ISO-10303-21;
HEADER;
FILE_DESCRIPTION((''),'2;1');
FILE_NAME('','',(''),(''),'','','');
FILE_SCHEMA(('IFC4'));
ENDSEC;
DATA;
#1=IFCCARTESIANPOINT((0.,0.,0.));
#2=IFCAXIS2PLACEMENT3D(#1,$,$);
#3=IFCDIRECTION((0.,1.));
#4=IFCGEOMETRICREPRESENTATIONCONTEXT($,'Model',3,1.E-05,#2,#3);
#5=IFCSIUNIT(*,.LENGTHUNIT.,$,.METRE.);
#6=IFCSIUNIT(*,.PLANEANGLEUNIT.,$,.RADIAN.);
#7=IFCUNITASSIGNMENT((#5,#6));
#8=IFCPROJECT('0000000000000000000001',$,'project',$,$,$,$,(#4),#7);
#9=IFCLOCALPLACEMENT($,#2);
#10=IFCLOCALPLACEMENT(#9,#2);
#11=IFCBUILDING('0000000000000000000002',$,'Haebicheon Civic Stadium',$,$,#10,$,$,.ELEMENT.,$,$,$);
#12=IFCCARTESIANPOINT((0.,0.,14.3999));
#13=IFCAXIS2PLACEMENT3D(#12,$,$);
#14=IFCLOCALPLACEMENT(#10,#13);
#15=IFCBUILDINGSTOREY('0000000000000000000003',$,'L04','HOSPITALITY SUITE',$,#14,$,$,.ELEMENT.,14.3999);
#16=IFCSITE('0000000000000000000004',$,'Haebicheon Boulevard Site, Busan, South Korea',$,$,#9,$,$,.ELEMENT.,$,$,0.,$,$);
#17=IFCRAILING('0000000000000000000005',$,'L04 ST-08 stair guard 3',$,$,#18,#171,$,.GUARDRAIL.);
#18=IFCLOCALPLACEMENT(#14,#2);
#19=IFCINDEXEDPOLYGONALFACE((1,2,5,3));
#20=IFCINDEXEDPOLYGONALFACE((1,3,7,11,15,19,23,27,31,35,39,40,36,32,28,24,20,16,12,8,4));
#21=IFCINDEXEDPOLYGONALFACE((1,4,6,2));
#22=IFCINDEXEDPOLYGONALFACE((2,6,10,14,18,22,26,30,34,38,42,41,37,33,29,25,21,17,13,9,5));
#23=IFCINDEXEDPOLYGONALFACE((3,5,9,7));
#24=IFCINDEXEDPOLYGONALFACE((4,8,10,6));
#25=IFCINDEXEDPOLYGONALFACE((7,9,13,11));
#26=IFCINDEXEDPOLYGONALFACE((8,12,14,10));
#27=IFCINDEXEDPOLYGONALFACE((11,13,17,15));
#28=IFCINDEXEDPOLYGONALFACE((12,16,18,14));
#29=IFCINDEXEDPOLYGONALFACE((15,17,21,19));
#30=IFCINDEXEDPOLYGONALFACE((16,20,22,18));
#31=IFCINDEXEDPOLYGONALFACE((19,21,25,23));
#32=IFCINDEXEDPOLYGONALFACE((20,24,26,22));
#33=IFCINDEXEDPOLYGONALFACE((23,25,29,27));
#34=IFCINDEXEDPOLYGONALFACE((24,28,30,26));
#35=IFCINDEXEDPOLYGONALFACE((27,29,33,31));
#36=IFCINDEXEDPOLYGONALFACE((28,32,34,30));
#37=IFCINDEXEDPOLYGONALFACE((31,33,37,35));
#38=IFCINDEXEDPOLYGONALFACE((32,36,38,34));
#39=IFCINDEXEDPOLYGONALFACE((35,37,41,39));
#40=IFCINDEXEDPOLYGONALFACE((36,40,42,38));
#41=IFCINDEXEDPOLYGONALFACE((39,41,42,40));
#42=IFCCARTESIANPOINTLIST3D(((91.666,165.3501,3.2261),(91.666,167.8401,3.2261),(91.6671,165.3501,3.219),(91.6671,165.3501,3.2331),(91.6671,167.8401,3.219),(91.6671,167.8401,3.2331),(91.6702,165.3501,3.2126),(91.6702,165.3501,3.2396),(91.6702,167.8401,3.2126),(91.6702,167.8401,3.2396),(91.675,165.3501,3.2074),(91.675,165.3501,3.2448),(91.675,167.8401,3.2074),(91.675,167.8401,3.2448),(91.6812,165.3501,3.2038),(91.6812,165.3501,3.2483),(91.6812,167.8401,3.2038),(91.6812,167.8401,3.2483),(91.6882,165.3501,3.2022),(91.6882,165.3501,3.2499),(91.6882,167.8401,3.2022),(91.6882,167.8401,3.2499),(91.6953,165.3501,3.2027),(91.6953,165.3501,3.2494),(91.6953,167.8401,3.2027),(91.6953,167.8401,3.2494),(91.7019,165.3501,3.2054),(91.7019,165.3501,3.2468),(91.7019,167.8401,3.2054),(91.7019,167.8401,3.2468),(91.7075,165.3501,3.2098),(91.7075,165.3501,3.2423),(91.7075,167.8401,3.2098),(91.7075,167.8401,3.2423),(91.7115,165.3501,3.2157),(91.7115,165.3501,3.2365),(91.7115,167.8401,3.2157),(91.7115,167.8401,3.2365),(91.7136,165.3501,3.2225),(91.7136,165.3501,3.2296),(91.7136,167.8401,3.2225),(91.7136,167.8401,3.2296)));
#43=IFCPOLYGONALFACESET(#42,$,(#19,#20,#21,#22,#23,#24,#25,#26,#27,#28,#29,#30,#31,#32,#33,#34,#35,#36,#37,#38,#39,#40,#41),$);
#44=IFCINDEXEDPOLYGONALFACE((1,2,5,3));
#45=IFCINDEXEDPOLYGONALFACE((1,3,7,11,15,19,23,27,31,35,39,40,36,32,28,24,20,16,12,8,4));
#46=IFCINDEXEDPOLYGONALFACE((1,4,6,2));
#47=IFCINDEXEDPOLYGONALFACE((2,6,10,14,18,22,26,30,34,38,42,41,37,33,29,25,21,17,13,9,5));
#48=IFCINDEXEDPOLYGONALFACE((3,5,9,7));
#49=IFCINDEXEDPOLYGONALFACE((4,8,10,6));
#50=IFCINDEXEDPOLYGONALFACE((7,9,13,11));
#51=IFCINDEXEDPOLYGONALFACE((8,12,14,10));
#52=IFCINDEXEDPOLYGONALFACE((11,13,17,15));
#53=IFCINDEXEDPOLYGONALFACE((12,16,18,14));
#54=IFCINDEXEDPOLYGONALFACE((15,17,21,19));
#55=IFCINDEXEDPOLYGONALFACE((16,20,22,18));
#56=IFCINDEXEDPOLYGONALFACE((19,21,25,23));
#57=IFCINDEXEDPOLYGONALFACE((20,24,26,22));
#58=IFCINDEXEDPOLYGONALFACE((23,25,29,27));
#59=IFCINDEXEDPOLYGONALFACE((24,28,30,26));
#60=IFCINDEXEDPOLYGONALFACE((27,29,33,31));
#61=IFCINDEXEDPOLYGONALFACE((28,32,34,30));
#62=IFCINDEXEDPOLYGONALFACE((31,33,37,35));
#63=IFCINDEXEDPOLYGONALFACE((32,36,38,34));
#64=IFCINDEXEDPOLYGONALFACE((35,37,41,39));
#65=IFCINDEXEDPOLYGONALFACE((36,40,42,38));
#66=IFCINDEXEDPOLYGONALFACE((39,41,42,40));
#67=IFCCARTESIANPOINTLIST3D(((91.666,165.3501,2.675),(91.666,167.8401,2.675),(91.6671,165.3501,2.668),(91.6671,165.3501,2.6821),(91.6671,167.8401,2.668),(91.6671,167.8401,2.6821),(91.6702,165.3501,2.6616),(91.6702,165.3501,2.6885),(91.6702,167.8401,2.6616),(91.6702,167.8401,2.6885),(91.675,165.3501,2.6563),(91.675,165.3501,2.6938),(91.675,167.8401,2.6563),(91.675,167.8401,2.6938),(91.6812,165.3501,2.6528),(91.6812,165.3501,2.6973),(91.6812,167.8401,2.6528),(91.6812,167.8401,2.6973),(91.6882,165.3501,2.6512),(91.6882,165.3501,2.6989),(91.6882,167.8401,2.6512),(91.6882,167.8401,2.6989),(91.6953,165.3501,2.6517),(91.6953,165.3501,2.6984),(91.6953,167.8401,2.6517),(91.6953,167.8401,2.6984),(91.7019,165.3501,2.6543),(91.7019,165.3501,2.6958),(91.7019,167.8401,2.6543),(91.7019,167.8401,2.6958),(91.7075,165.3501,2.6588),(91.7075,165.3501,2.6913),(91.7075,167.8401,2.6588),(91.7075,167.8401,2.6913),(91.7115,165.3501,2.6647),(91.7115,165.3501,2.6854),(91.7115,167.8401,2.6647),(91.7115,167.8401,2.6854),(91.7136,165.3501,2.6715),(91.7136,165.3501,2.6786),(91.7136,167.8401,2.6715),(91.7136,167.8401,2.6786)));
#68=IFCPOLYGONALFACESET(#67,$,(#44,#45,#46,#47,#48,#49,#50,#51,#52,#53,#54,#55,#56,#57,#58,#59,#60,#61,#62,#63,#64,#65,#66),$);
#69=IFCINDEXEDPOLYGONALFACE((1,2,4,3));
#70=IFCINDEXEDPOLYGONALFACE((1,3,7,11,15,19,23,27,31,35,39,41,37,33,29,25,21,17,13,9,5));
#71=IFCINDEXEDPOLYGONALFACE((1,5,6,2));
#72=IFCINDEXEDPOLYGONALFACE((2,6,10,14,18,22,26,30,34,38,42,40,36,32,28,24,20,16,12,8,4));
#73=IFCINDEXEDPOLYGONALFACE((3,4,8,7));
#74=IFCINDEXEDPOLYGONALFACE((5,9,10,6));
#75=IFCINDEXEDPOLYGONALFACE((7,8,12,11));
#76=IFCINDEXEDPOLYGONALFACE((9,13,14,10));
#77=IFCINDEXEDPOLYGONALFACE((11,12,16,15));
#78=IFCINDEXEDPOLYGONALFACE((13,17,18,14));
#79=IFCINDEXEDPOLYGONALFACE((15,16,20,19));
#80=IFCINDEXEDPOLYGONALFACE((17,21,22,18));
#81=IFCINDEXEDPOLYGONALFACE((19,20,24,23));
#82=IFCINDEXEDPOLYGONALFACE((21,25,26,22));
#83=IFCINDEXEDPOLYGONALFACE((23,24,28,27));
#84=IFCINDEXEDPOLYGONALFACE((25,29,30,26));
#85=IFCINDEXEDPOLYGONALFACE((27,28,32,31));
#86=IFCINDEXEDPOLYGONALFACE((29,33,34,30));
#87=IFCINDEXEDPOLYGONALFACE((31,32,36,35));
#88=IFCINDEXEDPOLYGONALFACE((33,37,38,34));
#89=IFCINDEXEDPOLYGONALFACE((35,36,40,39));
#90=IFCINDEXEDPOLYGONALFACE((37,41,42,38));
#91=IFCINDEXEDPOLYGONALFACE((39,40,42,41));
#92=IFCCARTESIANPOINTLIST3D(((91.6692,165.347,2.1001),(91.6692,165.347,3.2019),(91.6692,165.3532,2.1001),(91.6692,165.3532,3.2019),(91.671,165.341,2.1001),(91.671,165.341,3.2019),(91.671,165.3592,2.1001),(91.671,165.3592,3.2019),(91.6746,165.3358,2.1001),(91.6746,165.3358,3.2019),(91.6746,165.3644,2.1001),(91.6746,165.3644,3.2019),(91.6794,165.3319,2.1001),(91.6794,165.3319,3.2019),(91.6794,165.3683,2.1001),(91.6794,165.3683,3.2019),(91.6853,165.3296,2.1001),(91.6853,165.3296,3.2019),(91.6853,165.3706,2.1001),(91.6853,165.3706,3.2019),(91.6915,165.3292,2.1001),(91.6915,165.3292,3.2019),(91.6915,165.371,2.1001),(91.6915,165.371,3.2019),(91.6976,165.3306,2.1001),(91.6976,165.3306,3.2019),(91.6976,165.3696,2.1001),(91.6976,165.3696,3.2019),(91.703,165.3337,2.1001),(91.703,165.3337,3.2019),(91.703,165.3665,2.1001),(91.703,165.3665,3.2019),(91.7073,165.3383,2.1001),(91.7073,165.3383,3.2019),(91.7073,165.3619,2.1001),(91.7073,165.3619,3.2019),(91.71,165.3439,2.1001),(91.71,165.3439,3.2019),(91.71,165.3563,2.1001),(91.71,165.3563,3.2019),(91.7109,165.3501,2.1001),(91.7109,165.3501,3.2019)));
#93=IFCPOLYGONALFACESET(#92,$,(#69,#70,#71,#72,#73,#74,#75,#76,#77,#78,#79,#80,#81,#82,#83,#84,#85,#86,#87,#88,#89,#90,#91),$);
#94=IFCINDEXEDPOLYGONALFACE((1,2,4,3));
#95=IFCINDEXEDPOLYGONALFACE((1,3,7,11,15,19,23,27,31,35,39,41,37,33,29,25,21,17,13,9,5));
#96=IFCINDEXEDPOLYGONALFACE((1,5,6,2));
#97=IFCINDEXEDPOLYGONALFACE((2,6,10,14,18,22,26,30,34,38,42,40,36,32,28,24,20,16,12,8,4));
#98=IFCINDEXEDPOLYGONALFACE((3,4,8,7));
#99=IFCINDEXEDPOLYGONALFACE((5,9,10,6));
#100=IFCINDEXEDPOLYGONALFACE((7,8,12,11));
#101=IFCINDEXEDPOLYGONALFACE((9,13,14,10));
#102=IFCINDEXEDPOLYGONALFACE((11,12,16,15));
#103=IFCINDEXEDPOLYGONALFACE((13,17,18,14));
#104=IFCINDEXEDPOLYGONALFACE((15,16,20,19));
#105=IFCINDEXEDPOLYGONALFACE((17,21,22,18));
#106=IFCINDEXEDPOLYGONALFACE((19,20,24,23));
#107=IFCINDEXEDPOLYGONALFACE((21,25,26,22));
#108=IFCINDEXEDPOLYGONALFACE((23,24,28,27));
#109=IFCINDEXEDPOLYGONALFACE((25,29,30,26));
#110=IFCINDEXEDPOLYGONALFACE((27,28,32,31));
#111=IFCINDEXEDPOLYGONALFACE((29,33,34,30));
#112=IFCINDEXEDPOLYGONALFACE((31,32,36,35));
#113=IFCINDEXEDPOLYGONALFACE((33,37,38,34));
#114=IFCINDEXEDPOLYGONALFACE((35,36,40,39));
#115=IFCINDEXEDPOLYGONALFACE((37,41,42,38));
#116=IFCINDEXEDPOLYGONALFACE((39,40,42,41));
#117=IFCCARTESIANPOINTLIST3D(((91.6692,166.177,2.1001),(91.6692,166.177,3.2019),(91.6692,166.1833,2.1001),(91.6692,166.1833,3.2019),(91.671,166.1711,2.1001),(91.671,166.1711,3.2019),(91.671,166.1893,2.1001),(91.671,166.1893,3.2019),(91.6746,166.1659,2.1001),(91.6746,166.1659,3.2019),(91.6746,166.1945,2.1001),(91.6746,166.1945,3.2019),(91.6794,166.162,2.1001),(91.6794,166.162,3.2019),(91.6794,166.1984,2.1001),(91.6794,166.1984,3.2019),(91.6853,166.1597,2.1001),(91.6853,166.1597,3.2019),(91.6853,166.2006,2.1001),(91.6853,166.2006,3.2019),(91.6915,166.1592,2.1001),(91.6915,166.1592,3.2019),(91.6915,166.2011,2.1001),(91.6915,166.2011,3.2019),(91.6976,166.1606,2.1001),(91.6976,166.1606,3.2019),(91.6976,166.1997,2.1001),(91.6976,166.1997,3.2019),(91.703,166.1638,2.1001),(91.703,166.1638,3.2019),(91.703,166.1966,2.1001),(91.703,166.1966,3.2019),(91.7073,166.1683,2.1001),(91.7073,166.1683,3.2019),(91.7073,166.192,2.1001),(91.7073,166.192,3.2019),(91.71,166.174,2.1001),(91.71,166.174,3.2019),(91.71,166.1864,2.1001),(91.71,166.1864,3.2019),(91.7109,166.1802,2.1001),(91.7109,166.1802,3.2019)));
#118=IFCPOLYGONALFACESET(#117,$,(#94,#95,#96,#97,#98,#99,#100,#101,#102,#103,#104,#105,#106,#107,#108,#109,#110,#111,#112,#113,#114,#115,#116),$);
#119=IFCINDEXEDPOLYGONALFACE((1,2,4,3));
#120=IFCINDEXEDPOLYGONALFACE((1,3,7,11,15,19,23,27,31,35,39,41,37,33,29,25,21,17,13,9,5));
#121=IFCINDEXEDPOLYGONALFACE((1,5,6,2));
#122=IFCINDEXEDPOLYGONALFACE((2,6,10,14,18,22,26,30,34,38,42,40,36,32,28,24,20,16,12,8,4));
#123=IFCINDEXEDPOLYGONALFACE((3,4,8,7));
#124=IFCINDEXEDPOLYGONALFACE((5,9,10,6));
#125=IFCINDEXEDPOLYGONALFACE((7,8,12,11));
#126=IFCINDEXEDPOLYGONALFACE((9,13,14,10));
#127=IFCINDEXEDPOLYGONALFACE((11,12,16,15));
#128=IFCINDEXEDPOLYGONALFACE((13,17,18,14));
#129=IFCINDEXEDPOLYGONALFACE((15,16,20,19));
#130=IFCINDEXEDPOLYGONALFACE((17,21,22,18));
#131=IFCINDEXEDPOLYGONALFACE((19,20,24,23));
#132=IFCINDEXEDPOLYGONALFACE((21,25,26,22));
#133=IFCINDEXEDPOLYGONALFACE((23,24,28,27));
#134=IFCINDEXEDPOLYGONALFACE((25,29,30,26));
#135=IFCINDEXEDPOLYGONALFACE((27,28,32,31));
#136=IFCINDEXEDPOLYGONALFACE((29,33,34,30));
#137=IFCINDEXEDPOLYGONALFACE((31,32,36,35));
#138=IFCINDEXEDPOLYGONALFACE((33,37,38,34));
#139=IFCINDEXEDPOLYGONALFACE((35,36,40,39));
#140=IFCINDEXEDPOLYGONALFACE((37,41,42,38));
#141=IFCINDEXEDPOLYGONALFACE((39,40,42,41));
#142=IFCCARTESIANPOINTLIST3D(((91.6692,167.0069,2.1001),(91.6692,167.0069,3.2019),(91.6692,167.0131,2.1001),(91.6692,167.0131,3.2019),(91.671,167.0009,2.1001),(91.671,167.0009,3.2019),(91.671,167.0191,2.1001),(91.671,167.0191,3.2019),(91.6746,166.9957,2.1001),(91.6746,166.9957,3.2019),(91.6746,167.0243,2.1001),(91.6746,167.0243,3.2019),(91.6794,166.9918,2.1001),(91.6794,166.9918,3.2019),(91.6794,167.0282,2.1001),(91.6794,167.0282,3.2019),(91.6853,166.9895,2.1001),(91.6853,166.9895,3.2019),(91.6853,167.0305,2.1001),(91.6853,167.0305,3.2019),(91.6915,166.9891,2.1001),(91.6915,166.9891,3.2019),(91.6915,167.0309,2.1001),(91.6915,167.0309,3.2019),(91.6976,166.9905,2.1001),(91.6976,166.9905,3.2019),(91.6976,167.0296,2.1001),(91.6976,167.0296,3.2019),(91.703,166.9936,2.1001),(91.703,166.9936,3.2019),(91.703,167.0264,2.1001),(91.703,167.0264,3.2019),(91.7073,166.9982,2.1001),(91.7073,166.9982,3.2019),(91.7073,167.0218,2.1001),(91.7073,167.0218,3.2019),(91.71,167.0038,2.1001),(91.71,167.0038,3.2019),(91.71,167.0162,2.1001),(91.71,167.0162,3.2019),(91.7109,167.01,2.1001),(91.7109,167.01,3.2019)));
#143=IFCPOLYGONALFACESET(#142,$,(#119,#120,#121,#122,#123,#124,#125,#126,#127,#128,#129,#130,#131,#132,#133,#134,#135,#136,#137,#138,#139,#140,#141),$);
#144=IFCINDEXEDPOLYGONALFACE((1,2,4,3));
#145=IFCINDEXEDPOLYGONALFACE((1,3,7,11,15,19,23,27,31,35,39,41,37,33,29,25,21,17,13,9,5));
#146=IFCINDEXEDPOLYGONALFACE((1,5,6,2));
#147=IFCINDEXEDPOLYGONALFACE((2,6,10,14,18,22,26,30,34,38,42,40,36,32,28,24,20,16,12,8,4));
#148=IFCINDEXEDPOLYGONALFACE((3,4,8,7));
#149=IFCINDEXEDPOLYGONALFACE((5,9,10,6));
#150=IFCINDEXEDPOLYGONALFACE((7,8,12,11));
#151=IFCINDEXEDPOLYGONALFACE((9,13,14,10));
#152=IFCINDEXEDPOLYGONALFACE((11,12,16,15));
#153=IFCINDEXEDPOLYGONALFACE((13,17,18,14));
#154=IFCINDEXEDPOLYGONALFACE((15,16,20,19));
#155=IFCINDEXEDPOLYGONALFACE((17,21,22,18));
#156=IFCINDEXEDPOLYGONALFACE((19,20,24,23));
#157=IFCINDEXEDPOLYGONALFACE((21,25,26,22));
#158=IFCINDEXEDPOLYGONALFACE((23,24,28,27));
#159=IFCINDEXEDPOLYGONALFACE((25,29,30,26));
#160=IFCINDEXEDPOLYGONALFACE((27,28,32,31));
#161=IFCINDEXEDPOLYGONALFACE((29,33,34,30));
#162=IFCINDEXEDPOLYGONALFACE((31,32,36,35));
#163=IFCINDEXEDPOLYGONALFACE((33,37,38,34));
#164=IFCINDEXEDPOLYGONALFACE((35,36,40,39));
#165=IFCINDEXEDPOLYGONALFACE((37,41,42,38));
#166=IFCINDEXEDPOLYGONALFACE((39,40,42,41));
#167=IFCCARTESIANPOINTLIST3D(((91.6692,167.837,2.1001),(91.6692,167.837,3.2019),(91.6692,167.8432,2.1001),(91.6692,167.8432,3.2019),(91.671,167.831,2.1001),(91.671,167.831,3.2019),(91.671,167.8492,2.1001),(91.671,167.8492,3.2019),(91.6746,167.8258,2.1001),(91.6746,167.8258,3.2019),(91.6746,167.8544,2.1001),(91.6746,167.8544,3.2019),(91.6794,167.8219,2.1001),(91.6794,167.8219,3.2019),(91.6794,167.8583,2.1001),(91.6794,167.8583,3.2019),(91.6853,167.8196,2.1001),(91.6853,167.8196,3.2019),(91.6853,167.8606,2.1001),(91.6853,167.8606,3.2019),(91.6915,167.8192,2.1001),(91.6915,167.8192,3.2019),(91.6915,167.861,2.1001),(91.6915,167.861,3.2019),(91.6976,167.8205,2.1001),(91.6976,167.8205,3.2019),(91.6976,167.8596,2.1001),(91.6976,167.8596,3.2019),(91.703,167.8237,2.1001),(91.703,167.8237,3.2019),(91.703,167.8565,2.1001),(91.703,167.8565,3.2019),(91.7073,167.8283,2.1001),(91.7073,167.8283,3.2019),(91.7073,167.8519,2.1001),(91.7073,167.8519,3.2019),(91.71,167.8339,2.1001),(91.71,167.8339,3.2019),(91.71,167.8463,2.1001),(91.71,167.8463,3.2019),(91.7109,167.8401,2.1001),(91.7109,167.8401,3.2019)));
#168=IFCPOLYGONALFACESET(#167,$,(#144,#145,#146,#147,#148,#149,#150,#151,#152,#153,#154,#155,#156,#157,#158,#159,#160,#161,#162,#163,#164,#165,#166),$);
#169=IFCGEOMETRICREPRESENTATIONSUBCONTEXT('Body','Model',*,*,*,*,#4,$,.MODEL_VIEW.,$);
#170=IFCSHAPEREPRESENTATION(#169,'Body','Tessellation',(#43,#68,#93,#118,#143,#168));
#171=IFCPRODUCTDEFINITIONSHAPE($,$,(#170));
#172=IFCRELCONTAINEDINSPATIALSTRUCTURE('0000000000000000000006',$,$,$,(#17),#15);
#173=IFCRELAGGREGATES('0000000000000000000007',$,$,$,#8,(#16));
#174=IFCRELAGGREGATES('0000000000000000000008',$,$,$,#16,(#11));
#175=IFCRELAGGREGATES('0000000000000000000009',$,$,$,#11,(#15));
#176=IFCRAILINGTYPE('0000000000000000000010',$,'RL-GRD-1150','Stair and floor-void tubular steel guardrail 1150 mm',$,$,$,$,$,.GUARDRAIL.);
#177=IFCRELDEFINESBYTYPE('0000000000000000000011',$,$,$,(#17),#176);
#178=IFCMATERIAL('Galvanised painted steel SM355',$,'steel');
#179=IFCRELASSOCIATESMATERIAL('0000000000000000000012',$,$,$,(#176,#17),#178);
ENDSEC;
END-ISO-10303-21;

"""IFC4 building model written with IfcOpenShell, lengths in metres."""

from ifc_helpers import new_model, si_unit, direction, frame, origin, origin_2d, place, context, subcontext, project, spatial, circle, extrude, material, type_object, element, save


model = new_model("IFC4")

# Units and contexts
model_context = context("Model", 3, precision=1e-05, world=origin(), true_north=direction((0.0, 1.0)))
body_context = subcontext(model_context, "Body", "Model", "MODEL_VIEW")
ifc_project = project(units=[si_unit("LENGTHUNIT", "METRE"), si_unit("PLANEANGLEUNIT", "RADIAN")], contexts=[model_context])

# Site, building, storey
site_placement = place(None, origin())
site = spatial("IfcSite", under=ifc_project, at=site_placement, Name="Haebicheon Boulevard Site, Busan, South Korea", CompositionType="ELEMENT", RefElevation=0.0)
building_placement = place(site_placement, origin())
building = spatial("IfcBuilding", under=site, at=building_placement, Name="Haebicheon Civic Stadium", CompositionType="ELEMENT")
storey_placement = place(building_placement, frame((0.0, 0.0, 14.3999)))
storey = spatial("IfcBuildingStorey", under=building, at=storey_placement, Name="L04", Description="HOSPITALITY SUITE", CompositionType="ELEMENT", Elevation=14.3999)

# Railing
ifc_material_1 = material(Name="Galvanised painted steel SM355", Category="steel")
railing_type_1 = type_object("IfcRailingType", Name="RL-GRD-1150", Description="Stair and floor-void tubular steel guardrail 1150 mm", PredefinedType="GUARDRAIL", material=ifc_material_1)
for number, where, name in (
    (1, (91.6899, 165.3501, 2.1001), "L04 ST-08 stair guard 3"),
):
    element("IfcRailing", number, at=place(storey_placement, frame(where)), inside=storey, type_object=railing_type_1, material=ifc_material_1, Name=name, PredefinedType="GUARDRAIL", context=body_context, shape_type="SweptSolid", body=[
        extrude(circle(Radius=0.0239, at=origin_2d()), frame((0.0, 0.0, 1.126), z_axis=(0.0, 1.0, 0.0), x_axis=(-1.0, 0.0, 0.0)), (0.0, 0.0, 1.0), 2.49),
        extrude(circle(Radius=0.0239, at=origin_2d()), frame((0.0, 0.0, 0.575), z_axis=(0.0, 1.0, 0.0), x_axis=(-1.0, 0.0, 0.0)), (0.0, 0.0, 1.0), 2.49),
        extrude(circle(Radius=0.021, at=origin_2d()), origin(), (0.0, 0.0, 1.0), 1.1018),
        extrude(circle(Radius=0.021, at=origin_2d()), frame((0.0, 0.8301, 0.0)), (0.0, 0.0, 1.0), 1.1018),
        extrude(circle(Radius=0.021, at=origin_2d()), frame((0.0, 1.6599, 0.0)), (0.0, 0.0, 1.0), 1.1018),
        extrude(circle(Radius=0.021, at=origin_2d()), frame((0.0, 2.49, 0.0)), (0.0, 0.0, 1.0), 1.1018),
    ])

save(model, "model.ifc")
